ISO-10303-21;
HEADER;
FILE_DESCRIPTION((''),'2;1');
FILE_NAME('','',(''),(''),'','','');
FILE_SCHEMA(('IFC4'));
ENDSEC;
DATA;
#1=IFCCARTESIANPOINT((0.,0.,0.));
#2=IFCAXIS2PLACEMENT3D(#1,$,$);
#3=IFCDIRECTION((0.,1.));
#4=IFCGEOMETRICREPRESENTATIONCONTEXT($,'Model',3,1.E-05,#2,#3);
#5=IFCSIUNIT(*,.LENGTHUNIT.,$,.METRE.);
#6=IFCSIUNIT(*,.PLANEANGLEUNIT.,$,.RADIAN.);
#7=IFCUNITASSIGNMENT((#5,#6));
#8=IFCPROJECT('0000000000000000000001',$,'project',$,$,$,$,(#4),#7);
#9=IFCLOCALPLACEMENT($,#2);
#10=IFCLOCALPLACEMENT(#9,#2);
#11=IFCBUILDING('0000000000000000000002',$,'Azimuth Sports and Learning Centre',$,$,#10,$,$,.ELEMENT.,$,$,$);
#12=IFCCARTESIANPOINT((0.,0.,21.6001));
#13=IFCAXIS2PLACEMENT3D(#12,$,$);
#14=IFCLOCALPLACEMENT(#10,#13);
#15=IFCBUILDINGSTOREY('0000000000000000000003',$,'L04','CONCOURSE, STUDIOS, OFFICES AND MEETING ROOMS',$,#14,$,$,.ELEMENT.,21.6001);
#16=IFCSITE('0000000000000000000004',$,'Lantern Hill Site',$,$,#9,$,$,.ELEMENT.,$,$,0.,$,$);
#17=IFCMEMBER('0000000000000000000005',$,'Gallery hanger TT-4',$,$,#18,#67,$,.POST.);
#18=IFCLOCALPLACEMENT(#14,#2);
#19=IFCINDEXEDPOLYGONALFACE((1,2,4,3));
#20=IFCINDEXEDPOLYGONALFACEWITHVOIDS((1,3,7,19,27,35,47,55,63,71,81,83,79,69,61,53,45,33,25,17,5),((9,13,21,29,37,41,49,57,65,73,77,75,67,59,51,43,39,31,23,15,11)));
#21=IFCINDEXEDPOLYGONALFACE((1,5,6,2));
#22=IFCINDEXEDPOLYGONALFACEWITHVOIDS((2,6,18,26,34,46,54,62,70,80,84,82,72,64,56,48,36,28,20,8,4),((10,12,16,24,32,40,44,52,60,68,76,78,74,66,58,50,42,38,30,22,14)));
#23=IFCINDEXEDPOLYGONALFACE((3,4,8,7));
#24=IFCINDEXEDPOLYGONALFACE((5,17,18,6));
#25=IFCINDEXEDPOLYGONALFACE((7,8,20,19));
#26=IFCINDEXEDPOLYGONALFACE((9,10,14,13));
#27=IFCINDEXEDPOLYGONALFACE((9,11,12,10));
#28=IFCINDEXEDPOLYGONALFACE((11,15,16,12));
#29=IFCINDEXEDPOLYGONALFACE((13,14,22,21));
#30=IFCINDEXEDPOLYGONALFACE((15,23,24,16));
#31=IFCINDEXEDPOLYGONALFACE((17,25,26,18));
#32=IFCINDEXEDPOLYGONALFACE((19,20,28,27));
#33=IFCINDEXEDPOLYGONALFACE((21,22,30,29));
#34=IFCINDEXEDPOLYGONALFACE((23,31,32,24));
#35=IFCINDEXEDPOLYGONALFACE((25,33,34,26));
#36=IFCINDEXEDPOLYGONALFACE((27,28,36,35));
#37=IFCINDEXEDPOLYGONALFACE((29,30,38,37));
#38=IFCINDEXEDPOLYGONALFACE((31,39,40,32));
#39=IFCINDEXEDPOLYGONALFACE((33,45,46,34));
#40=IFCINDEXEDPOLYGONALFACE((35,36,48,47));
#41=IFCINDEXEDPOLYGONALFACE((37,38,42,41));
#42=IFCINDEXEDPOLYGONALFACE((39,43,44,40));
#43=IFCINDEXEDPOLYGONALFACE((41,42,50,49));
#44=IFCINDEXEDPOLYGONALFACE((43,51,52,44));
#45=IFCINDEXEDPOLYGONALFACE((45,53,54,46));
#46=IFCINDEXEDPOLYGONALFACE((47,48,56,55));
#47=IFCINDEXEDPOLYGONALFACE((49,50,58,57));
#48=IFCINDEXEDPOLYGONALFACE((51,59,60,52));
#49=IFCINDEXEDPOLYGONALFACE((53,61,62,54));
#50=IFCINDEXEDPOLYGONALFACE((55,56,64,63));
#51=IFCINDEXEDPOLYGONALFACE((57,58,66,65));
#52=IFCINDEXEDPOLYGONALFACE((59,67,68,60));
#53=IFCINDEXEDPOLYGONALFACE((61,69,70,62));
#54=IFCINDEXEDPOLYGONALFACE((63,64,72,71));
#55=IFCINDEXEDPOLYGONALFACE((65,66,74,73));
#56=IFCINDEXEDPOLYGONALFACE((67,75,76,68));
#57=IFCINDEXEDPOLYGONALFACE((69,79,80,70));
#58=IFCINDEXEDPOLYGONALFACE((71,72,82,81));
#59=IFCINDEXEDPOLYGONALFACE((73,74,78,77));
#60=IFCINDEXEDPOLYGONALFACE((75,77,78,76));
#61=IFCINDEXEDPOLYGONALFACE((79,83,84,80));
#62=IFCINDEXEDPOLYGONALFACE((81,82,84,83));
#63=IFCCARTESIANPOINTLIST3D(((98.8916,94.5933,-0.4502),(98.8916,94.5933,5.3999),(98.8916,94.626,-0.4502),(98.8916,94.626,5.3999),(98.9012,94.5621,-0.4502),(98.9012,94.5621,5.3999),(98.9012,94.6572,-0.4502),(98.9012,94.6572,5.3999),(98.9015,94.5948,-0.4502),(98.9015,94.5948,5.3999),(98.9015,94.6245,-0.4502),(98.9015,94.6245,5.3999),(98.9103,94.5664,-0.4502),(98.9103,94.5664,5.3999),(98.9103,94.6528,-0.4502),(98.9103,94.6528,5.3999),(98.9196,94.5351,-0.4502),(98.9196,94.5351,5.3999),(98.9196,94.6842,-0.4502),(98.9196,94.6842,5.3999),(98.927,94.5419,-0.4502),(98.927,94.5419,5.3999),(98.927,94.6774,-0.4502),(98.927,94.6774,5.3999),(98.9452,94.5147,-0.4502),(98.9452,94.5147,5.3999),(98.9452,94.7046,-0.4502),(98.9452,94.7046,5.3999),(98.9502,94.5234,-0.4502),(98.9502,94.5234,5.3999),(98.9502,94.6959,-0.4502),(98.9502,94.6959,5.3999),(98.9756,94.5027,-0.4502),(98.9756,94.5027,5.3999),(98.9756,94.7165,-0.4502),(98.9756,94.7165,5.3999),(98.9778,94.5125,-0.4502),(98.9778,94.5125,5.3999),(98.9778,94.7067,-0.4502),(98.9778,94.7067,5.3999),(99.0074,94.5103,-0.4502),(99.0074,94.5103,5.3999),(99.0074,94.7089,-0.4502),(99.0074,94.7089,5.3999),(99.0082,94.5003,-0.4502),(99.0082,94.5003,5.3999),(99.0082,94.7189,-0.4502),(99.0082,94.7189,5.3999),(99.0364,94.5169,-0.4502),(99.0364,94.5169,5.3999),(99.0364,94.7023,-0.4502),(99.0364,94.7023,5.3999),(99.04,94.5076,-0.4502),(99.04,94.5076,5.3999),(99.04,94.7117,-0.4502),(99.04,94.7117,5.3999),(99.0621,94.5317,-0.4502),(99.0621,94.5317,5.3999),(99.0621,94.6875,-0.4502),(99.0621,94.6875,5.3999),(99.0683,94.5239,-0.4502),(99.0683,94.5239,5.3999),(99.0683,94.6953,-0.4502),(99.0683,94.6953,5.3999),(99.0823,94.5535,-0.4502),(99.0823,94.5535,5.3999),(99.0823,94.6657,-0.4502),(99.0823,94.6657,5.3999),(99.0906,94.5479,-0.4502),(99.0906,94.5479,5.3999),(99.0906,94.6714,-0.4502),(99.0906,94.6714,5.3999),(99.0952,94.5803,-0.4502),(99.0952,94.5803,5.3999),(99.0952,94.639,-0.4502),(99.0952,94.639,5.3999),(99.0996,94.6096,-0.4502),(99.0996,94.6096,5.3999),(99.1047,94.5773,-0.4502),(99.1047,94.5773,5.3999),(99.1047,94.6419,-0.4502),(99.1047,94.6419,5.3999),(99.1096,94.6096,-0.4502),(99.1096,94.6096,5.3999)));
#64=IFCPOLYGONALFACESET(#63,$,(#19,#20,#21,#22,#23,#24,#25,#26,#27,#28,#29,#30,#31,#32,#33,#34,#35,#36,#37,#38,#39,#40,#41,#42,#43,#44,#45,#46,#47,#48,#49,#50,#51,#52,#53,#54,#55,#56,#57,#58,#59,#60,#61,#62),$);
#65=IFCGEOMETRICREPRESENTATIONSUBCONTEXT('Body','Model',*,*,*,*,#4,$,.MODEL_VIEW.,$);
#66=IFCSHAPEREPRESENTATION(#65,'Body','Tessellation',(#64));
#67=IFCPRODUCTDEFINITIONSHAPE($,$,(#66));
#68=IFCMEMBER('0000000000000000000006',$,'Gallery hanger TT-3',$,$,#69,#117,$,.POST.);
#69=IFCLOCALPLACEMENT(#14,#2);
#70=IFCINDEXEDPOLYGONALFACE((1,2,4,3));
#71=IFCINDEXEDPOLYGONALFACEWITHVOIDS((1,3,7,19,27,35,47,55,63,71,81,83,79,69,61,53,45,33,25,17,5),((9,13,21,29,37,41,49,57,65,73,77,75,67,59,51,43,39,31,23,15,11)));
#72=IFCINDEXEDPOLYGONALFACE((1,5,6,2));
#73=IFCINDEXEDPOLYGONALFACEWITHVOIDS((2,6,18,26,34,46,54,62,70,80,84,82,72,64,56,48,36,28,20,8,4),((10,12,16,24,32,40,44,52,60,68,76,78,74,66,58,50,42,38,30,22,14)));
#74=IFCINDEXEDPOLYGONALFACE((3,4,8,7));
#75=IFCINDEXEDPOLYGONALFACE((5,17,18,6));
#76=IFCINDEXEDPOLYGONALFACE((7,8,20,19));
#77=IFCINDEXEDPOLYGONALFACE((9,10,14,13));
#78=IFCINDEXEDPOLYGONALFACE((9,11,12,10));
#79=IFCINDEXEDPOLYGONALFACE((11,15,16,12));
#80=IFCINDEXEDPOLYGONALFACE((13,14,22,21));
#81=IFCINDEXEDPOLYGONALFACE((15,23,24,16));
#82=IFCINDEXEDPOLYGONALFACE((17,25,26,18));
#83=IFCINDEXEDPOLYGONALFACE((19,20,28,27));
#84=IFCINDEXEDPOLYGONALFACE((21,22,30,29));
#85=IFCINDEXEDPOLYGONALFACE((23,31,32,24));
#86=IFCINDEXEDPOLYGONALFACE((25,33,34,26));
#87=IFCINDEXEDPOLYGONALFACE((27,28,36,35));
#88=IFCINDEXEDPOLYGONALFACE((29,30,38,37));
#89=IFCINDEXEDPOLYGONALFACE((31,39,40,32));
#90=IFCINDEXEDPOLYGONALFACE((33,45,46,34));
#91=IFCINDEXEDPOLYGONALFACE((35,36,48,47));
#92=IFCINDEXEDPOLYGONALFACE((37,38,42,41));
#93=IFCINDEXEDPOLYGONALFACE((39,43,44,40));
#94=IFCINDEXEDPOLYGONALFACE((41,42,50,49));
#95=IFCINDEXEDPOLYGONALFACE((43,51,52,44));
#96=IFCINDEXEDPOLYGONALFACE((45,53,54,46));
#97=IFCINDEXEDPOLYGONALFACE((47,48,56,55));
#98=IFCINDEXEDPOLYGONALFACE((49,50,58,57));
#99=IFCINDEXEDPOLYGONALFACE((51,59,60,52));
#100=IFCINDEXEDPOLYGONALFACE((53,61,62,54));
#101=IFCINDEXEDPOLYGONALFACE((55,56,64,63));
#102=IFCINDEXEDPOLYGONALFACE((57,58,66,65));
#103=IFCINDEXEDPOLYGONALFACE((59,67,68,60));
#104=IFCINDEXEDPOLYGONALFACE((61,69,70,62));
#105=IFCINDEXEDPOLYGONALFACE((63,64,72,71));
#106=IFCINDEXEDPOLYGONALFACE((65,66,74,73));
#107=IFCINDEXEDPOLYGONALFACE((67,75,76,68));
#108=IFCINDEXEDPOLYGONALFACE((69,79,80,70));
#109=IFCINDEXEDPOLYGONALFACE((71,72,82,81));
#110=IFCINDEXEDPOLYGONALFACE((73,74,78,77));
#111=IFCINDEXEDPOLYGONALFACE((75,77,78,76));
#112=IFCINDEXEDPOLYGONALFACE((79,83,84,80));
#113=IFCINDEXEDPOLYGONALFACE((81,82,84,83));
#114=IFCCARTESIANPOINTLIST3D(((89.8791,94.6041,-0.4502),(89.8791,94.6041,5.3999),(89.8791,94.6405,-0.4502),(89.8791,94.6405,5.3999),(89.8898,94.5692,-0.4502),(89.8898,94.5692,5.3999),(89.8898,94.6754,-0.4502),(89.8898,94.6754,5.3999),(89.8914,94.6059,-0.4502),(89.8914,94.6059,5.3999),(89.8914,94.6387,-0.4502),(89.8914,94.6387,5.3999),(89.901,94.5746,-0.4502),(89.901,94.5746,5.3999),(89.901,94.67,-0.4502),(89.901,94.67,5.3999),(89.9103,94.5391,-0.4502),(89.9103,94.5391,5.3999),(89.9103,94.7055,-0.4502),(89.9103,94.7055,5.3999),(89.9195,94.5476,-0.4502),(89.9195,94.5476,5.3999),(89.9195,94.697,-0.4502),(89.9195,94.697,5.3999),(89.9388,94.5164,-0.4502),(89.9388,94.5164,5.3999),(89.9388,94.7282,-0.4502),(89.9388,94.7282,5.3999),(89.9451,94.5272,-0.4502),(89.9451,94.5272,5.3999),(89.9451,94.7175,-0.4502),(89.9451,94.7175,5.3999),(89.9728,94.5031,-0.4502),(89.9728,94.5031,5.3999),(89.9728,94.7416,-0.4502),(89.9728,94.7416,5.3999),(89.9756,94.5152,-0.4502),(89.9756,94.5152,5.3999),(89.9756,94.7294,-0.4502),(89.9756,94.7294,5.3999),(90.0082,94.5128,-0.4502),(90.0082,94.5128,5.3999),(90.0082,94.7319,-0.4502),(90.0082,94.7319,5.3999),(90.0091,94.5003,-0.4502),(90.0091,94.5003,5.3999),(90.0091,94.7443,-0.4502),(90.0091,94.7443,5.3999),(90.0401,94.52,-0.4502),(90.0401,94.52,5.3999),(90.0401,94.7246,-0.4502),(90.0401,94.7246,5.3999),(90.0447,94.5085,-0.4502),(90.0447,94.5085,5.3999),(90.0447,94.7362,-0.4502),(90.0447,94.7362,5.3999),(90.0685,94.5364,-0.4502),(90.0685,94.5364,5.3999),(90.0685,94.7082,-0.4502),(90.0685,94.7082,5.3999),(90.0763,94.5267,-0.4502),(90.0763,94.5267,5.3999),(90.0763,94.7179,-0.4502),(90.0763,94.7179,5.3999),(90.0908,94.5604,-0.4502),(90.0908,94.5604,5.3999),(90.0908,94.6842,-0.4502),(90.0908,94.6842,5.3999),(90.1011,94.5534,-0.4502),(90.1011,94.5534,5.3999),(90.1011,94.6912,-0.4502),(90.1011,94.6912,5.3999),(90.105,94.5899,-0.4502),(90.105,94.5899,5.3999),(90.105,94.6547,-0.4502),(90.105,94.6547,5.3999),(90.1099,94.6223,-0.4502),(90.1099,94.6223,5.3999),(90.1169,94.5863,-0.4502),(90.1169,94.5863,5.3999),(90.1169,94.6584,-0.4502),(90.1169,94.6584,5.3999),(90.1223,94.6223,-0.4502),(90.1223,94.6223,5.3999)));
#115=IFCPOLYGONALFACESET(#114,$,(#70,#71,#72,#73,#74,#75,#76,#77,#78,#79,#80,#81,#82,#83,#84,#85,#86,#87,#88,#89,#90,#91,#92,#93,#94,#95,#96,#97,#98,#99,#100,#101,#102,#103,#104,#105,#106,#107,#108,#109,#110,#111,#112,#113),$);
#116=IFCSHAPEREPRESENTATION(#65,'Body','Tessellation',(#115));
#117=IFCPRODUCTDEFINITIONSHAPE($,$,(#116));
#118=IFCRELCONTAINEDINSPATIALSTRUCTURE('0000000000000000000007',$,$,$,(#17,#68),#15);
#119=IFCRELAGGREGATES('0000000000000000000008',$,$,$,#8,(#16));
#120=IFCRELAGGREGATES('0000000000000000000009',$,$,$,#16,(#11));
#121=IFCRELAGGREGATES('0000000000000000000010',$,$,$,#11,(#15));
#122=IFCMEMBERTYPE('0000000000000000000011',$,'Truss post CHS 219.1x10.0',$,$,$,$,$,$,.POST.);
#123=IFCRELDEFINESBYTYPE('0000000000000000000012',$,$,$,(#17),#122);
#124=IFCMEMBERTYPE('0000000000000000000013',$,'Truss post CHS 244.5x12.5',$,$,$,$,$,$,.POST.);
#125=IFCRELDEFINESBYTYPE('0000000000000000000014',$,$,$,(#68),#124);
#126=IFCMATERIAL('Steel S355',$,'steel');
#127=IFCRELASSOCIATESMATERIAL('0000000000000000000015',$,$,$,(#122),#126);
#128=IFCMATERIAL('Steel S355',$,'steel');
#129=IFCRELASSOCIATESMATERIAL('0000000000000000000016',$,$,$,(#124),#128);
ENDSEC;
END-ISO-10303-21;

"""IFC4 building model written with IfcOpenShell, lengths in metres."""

from ifc_helpers import new_model, si_unit, direction, frame, origin, origin_2d, place, context, subcontext, project, spatial, hollow_circle, extrude, material, material_profile, profile_set, type_object, element, save


model = new_model("IFC4")

# Units and contexts
model_context = context("Model", 3, precision=1e-05, world=origin(), true_north=direction((0.0, 1.0)))
body_context = subcontext(model_context, "Body", "Model", "MODEL_VIEW")
ifc_project = project(units=[si_unit("LENGTHUNIT", "METRE"), si_unit("PLANEANGLEUNIT", "RADIAN")], contexts=[model_context])

# Site, building, storey
site_placement = place(None, origin())
site = spatial("IfcSite", under=ifc_project, at=site_placement, Name="Lantern Hill Site", CompositionType="ELEMENT", RefElevation=0.0)
building_placement = place(site_placement, origin())
building = spatial("IfcBuilding", under=site, at=building_placement, Name="Azimuth Sports and Learning Centre", CompositionType="ELEMENT")
storey_placement = place(building_placement, frame((0.0, 0.0, 21.6001)))
storey = spatial("IfcBuildingStorey", under=building, at=storey_placement, Name="L04", Description="CONCOURSE, STUDIOS, OFFICES AND MEETING ROOMS", CompositionType="ELEMENT", Elevation=21.6001)

# Members
ifc_material_1 = material(Name="Steel S355", Category="steel")
ifc_material_profile_1 = material_profile(ifc_material_1, hollow_circle(Radius=0.1096, WallThickness=0.01, at=origin_2d()), Name="CHS 219.1x10.0")
ifc_profile_set_1 = profile_set([ifc_material_profile_1], Name="Steel S355")
member_type_1 = type_object("IfcMemberType", Name="Truss post CHS 219.1x10.0", PredefinedType="POST", material=ifc_profile_set_1)
member_1_placement = place(storey_placement, frame((99.0, 94.6096, -0.4502), z_axis=(0.0, 0.0, 1.0), x_axis=(1.0, 0.0, 0.0)))
element("IfcMember", 1, at=member_1_placement, inside=storey, type_object=member_type_1, Name="Gallery hanger TT-4", PredefinedType="POST", context=body_context, shape_type="SweptSolid", body=[
    extrude(hollow_circle(Radius=0.1096, WallThickness=0.01, at=origin_2d()), origin(), (0.0, 0.0, 1.0), 5.8501),
])
ifc_material_2 = material(Name="Steel S355", Category="steel")
ifc_material_profile_2 = material_profile(ifc_material_2, hollow_circle(Radius=0.1223, WallThickness=0.0125, at=origin_2d()), Name="CHS 244.5x12.5")
ifc_profile_set_2 = profile_set([ifc_material_profile_2], Name="Steel S355")
member_type_2 = type_object("IfcMemberType", Name="Truss post CHS 244.5x12.5", PredefinedType="POST", material=ifc_profile_set_2)
member_2_placement = place(storey_placement, frame((90.0, 94.6223, -0.4502), z_axis=(0.0, 0.0, 1.0), x_axis=(1.0, 0.0, 0.0)))
element("IfcMember", 2, at=member_2_placement, inside=storey, type_object=member_type_2, Name="Gallery hanger TT-3", PredefinedType="POST", context=body_context, shape_type="SweptSolid", body=[
    extrude(hollow_circle(Radius=0.1223, WallThickness=0.0125, at=origin_2d()), origin(), (0.0, 0.0, 1.0), 5.8501),
])

save(model, "model.ifc")
